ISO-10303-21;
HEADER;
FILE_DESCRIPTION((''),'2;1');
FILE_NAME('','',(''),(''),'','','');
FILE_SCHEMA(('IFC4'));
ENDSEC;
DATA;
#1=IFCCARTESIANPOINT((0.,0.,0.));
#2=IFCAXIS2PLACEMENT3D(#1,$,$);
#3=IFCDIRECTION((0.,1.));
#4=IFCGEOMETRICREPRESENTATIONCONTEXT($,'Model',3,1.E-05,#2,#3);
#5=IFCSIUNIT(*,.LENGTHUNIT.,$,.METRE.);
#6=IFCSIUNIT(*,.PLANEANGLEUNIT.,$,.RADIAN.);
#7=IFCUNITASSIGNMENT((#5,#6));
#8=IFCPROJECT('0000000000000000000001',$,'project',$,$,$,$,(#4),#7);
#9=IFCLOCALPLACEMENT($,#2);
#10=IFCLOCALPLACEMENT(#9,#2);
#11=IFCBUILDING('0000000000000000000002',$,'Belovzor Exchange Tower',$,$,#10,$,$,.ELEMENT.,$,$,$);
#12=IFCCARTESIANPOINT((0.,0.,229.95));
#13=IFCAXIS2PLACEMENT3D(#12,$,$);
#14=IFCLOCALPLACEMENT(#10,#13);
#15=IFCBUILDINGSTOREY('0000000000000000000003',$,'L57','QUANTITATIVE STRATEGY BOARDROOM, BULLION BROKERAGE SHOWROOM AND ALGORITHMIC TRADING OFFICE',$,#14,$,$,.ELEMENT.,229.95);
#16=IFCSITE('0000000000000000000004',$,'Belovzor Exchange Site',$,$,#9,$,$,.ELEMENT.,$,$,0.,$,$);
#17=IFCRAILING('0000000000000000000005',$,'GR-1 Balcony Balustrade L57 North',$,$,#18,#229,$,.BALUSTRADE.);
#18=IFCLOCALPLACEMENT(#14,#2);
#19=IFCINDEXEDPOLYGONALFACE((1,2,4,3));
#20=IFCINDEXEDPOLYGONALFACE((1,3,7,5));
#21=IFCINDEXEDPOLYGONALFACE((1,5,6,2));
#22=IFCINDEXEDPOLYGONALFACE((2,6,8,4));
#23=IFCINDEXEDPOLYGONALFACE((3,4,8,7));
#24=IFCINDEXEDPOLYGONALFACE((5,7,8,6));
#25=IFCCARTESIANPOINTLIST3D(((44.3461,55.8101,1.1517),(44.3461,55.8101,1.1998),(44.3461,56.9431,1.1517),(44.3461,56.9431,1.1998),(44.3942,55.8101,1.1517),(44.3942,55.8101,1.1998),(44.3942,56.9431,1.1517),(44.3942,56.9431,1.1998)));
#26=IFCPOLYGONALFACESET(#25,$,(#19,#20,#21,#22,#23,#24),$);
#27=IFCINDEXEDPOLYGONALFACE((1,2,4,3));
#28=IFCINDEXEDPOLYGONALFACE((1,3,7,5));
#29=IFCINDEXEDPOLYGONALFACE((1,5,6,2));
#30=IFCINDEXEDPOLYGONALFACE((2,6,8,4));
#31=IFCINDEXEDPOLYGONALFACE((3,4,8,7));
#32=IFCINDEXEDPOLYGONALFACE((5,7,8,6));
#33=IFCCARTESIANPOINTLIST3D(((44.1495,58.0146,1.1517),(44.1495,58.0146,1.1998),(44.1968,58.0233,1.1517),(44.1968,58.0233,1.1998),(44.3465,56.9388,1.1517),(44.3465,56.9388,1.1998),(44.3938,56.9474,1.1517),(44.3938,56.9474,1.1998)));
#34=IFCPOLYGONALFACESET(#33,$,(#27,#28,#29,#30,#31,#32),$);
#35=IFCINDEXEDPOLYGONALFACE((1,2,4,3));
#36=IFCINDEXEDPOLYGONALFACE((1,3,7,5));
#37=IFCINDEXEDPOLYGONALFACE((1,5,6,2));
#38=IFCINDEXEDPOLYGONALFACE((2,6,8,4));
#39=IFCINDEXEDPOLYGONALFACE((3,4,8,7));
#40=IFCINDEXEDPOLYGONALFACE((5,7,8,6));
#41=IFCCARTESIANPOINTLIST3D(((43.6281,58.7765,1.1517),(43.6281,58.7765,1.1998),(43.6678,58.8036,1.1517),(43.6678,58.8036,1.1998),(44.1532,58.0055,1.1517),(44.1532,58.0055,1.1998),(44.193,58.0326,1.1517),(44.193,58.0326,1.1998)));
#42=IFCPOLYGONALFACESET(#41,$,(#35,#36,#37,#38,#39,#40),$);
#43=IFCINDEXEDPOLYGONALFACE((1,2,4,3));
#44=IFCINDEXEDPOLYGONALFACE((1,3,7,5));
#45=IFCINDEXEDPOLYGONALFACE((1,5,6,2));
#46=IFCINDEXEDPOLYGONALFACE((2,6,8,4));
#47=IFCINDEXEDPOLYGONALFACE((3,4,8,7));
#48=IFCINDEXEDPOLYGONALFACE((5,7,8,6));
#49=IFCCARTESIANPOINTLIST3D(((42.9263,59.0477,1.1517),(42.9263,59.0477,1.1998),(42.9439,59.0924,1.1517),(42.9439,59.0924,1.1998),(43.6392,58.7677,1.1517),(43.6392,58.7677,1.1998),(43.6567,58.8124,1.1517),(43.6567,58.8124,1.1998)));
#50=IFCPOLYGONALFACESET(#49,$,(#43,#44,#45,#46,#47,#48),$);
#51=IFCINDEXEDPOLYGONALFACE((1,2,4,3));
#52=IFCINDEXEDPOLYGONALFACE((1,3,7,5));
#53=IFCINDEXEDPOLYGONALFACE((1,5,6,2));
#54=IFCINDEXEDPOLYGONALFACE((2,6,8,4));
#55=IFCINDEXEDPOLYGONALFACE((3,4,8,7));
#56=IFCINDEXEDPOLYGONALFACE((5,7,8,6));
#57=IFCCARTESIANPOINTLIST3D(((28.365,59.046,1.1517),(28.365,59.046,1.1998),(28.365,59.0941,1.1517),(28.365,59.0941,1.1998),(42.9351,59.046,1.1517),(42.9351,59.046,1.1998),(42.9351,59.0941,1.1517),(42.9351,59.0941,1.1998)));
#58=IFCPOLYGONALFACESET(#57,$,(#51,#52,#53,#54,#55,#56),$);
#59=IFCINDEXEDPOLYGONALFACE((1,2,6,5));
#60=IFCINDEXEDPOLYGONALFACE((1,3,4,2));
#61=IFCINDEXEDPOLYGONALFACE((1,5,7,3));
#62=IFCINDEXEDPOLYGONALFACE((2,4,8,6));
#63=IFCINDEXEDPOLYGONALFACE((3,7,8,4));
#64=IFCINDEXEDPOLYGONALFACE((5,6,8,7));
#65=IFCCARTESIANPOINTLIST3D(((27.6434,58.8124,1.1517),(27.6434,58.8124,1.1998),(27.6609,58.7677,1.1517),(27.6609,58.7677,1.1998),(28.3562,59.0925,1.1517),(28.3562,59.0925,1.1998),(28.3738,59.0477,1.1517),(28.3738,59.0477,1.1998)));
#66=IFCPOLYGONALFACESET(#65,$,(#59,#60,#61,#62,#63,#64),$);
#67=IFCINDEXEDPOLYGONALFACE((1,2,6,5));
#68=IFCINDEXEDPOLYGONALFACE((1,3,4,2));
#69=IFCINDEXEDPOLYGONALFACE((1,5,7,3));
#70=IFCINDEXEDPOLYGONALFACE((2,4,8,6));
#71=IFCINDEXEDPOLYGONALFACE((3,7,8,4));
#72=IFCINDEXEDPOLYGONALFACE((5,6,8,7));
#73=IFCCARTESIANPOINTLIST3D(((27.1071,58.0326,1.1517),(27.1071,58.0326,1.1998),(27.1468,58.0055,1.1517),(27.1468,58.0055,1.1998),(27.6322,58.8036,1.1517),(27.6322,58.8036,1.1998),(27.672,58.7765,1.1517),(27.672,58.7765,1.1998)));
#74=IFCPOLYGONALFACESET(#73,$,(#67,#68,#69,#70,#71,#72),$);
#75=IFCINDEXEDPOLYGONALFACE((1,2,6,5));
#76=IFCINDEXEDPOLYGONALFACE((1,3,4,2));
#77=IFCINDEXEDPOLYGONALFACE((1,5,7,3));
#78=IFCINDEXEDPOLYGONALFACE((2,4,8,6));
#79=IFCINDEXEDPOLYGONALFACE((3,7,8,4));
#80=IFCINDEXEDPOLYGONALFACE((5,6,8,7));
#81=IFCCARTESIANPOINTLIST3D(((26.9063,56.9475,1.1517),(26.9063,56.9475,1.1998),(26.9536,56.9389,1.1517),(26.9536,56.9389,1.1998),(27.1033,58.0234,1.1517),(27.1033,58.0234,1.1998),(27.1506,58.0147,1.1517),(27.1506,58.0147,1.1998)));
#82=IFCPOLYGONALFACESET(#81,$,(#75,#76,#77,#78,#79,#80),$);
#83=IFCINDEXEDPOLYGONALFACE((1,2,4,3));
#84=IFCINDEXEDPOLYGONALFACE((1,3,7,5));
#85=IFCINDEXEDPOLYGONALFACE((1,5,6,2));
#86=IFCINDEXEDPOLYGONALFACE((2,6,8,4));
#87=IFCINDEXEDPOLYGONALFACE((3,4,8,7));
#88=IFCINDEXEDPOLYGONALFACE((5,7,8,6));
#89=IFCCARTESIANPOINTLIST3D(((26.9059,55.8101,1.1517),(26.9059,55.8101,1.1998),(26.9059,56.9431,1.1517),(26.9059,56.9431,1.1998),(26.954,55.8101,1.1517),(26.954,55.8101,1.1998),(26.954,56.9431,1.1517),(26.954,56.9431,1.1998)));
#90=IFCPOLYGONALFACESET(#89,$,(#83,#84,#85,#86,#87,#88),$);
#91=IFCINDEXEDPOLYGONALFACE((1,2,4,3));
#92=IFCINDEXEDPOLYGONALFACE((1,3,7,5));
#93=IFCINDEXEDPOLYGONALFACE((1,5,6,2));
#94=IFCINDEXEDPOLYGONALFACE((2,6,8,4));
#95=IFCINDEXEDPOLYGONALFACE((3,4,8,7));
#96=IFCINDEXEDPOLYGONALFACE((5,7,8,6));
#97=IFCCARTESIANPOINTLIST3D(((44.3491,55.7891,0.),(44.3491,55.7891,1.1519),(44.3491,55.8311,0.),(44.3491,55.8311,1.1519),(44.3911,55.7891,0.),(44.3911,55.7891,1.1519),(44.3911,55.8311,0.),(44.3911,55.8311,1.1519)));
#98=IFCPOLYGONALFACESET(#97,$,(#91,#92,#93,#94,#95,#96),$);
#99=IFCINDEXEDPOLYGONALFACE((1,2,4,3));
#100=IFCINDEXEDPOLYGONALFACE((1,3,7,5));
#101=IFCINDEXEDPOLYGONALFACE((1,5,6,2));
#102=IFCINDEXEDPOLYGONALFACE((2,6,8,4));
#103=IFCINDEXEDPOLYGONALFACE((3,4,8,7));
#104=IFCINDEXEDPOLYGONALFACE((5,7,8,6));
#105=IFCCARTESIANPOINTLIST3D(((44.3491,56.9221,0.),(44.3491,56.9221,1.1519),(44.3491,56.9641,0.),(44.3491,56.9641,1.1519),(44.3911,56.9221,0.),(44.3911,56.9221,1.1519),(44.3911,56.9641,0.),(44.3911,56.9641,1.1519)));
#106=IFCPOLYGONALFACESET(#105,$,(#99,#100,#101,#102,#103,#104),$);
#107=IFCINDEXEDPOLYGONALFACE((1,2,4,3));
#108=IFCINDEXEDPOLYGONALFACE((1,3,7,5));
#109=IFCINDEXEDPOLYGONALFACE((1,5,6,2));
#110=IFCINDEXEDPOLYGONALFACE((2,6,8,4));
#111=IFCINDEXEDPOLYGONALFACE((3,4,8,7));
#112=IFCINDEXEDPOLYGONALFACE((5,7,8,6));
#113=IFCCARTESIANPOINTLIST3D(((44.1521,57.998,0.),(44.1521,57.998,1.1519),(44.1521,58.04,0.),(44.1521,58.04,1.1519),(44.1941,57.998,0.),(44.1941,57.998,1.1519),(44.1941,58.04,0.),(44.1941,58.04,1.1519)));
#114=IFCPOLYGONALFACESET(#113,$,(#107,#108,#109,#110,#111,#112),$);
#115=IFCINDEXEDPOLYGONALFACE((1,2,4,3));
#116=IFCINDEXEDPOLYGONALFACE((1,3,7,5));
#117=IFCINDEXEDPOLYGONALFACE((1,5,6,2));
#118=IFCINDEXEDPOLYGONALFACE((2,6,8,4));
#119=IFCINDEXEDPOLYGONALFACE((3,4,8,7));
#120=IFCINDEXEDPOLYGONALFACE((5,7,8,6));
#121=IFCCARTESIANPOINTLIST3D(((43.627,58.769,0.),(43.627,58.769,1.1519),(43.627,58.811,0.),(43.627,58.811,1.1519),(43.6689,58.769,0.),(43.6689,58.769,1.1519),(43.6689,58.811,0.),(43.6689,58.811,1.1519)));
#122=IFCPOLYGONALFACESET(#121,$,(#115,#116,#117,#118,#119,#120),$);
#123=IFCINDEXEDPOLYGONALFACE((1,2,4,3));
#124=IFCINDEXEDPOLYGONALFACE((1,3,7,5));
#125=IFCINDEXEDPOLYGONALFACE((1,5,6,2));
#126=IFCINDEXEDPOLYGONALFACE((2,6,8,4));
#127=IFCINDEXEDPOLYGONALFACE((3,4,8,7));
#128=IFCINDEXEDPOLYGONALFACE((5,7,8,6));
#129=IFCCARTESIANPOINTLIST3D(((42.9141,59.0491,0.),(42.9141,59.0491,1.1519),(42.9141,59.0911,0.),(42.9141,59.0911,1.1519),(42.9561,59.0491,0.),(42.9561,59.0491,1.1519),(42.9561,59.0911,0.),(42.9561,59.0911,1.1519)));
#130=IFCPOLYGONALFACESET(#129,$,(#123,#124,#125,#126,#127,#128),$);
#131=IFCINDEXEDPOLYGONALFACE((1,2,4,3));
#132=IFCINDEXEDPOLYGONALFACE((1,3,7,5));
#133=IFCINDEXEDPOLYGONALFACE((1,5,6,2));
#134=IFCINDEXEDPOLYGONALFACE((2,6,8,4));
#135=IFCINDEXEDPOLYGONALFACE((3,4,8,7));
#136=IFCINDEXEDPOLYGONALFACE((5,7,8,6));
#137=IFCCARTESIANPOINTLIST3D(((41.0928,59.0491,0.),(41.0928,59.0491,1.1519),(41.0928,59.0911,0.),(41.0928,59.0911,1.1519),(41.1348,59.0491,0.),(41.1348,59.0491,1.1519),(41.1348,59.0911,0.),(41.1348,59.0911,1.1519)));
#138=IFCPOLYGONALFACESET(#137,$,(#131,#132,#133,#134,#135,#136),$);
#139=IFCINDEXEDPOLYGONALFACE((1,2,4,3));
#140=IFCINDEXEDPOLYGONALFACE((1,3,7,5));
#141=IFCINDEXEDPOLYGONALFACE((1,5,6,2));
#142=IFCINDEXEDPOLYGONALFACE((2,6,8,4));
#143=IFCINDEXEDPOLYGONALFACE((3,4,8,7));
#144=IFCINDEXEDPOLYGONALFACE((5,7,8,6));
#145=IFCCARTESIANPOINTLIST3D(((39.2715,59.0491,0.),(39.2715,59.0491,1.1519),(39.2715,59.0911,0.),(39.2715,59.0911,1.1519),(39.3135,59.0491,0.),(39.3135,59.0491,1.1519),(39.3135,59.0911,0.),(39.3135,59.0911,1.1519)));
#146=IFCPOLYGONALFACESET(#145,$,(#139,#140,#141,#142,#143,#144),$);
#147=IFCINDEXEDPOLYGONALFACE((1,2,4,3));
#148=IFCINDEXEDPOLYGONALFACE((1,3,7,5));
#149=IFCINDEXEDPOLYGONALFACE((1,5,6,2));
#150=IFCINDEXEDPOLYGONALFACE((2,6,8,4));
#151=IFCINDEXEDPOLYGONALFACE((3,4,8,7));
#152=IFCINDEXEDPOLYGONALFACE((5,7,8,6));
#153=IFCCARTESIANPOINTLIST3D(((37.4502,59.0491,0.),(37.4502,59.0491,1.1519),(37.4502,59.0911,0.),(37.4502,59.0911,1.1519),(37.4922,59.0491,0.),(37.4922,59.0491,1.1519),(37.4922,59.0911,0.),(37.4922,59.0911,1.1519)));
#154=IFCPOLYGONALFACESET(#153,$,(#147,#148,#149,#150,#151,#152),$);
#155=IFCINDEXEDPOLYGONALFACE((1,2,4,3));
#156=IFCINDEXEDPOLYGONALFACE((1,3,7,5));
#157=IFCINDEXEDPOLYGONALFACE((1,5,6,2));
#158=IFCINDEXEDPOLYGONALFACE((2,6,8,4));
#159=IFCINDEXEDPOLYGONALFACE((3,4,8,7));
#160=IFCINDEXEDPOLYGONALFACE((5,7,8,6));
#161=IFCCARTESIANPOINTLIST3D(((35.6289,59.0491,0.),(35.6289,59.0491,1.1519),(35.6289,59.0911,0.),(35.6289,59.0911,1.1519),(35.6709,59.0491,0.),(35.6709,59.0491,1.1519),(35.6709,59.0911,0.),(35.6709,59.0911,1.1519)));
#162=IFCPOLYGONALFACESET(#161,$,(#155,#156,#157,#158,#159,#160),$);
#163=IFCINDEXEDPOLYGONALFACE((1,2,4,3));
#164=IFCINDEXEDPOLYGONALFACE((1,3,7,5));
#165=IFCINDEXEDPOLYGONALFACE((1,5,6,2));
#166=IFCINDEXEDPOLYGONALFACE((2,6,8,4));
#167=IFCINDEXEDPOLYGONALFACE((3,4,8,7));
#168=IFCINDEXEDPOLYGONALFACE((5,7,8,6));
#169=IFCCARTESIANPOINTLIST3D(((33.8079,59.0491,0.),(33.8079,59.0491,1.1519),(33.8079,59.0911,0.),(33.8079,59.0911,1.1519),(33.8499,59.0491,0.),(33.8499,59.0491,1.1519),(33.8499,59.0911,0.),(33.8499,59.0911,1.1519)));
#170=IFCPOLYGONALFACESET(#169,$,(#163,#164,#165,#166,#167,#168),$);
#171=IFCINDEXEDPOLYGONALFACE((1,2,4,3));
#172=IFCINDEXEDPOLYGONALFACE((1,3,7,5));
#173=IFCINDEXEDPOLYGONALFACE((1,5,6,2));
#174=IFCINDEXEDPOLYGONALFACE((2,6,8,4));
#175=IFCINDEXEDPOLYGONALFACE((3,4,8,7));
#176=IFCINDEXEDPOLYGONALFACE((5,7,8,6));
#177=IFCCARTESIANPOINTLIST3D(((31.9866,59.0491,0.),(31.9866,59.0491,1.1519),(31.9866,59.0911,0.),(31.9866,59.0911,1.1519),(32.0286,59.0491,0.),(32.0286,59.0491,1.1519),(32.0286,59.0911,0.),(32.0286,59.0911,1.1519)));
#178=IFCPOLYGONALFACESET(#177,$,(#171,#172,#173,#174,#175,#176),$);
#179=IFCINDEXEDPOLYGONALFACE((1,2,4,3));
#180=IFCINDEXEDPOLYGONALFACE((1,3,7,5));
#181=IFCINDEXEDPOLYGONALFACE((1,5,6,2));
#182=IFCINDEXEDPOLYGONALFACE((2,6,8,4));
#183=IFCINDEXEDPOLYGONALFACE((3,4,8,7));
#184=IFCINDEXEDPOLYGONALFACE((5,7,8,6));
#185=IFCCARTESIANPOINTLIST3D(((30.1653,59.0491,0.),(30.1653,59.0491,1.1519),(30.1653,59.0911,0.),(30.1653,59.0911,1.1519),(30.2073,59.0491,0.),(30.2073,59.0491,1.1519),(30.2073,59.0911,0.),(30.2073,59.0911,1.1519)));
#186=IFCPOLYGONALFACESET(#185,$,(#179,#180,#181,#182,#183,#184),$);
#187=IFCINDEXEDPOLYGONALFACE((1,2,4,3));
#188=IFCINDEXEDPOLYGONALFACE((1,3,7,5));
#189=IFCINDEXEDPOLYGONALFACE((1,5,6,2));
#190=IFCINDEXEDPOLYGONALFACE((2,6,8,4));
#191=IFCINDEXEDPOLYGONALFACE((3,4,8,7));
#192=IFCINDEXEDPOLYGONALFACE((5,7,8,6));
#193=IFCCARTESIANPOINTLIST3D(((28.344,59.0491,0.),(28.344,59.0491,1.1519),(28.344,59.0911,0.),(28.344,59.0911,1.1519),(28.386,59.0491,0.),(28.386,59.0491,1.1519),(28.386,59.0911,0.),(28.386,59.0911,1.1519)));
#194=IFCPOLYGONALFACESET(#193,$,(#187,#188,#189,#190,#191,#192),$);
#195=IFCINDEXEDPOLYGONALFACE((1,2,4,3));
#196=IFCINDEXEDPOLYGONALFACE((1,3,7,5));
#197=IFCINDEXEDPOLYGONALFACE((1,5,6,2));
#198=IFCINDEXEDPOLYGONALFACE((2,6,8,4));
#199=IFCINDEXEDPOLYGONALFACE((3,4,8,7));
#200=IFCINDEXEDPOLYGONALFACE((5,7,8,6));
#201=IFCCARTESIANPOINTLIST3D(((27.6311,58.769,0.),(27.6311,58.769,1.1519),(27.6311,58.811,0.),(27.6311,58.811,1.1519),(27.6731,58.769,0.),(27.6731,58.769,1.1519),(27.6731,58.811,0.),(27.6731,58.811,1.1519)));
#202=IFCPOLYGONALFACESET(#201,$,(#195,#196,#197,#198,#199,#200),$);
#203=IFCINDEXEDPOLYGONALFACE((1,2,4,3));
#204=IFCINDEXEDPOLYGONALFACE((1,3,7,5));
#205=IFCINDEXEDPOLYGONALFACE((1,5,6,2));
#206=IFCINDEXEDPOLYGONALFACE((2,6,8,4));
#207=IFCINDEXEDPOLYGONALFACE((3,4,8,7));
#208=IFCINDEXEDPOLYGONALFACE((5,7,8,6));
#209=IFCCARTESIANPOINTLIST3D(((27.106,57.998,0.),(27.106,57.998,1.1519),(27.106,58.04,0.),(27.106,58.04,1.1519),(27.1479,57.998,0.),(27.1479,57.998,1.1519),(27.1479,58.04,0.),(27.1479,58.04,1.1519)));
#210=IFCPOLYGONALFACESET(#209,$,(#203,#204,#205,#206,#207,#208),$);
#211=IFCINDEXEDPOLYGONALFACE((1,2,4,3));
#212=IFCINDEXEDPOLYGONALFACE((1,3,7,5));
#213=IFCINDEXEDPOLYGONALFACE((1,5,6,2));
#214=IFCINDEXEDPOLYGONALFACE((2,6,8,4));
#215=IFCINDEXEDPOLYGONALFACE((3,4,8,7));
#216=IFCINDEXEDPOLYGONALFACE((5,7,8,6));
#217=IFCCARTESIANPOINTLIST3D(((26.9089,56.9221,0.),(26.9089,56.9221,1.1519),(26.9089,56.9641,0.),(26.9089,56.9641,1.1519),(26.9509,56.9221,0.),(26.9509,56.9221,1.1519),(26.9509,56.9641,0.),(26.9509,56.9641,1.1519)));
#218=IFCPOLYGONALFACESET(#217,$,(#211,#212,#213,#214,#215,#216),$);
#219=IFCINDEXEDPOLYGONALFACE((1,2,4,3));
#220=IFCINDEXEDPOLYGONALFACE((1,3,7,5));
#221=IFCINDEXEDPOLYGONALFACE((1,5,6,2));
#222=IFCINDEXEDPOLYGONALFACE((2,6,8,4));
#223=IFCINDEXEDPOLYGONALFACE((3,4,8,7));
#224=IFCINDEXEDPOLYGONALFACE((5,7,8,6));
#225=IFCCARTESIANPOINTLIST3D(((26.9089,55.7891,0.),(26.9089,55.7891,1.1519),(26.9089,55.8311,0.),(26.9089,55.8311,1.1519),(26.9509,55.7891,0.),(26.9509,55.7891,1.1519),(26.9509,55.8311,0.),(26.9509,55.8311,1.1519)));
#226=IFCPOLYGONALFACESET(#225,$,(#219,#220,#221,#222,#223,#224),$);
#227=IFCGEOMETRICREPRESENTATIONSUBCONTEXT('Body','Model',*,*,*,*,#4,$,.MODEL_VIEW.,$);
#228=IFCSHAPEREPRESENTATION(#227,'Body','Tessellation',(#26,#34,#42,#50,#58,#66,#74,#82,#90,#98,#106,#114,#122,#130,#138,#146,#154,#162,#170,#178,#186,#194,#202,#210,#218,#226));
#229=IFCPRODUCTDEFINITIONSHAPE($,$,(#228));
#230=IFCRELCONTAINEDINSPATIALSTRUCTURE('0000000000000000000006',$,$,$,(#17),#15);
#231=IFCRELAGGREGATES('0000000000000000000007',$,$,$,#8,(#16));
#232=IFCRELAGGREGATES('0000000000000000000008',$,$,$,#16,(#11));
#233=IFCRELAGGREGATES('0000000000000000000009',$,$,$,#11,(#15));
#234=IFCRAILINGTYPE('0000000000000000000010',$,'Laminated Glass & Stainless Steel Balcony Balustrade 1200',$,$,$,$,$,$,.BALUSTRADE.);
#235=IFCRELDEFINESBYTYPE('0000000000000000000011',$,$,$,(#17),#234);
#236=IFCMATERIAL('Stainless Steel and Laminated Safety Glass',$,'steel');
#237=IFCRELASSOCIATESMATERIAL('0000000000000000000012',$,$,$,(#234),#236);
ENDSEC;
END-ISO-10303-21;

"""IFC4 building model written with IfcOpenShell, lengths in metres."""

from ifc_helpers import new_model, si_unit, direction, frame, origin, origin_2d, place, context, subcontext, project, spatial, rectangle, extrude, material, type_object, element, save


model = new_model("IFC4")

# Units and contexts
model_context = context("Model", 3, precision=1e-05, world=origin(), true_north=direction((0.0, 1.0)))
body_context = subcontext(model_context, "Body", "Model", "MODEL_VIEW")
ifc_project = project(units=[si_unit("LENGTHUNIT", "METRE"), si_unit("PLANEANGLEUNIT", "RADIAN")], contexts=[model_context])

# Site, building, storey
site_placement = place(None, origin())
site = spatial("IfcSite", under=ifc_project, at=site_placement, Name="Belovzor Exchange Site", CompositionType="ELEMENT", RefElevation=0.0)
building_placement = place(site_placement, origin())
building = spatial("IfcBuilding", under=site, at=building_placement, Name="Belovzor Exchange Tower", CompositionType="ELEMENT")
storey_placement = place(building_placement, frame((0.0, 0.0, 229.95)))
storey = spatial("IfcBuildingStorey", under=building, at=storey_placement, Name="L57", Description="QUANTITATIVE STRATEGY BOARDROOM, BULLION BROKERAGE SHOWROOM AND ALGORITHMIC TRADING OFFICE", CompositionType="ELEMENT", Elevation=229.95)

# Railing
ifc_material_1 = material(Name="Stainless Steel and Laminated Safety Glass", Category="steel")
railing_type = type_object("IfcRailingType", Name="Laminated Glass & Stainless Steel Balcony Balustrade 1200", PredefinedType="BALUSTRADE", material=ifc_material_1)
railing_placement = place(storey_placement, frame((44.3701, 55.8101, 0.0)))
element("IfcRailing", 1, at=railing_placement, inside=storey, type_object=railing_type, Name="GR-1 Balcony Balustrade L57 North", PredefinedType="BALUSTRADE", context=body_context, shape_type="SweptSolid", body=[
    extrude(rectangle(XDim=0.0481, YDim=0.0481, at=origin_2d()), frame((0.0, 0.0, 1.1758), z_axis=(0.0, 1.0, 0.0), x_axis=(-1.0, 0.0, 0.0)), (0.0, 0.0, 1.0), 1.1331),
    extrude(rectangle(XDim=0.0481, YDim=0.0481, at=origin_2d()), frame((0.0, 1.1331, 1.1758), z_axis=(-0.180123, 0.983644, 0.0), x_axis=(-0.983644, -0.180123, 0.0)), (0.0, 0.0, 1.0), 1.0938),
    extrude(rectangle(XDim=0.0481, YDim=0.0481, at=origin_2d()), frame((-0.197, 2.209, 1.1758), z_axis=(-0.562947, 0.826493, 0.0), x_axis=(-0.826493, -0.562947, 0.0)), (0.0, 0.0, 1.0), 0.9329),
    extrude(rectangle(XDim=0.0481, YDim=0.0481, at=origin_2d()), frame((-0.7222, 2.98, 1.1758), z_axis=(-0.930767, 0.365613, 0.0), x_axis=(-0.365613, -0.930767, 0.0)), (0.0, 0.0, 1.0), 0.7659),
    extrude(rectangle(XDim=0.0481, YDim=0.0481, at=origin_2d()), frame((-1.4351, 3.26, 1.1758), z_axis=(-1.0, 0.0, 0.0), x_axis=(0.0, -1.0, 0.0)), (0.0, 0.0, 1.0), 14.5701),
    extrude(rectangle(XDim=0.0481, YDim=0.0481, at=origin_2d()), frame((-16.0051, 3.26, 1.1758), z_axis=(-0.930767, -0.365613, 0.0), x_axis=(0.365613, -0.930767, 0.0)), (0.0, 0.0, 1.0), 0.7659),
    extrude(rectangle(XDim=0.0481, YDim=0.0481, at=origin_2d()), frame((-16.718, 2.98, 1.1758), z_axis=(-0.562947, -0.826493, 0.0), x_axis=(0.826493, -0.562947, 0.0)), (0.0, 0.0, 1.0), 0.9329),
    extrude(rectangle(XDim=0.0481, YDim=0.0481, at=origin_2d()), frame((-17.2432, 2.209, 1.1758), z_axis=(-0.180123, -0.983644, 0.0), x_axis=(0.983644, -0.180123, 0.0)), (0.0, 0.0, 1.0), 1.0938),
    extrude(rectangle(XDim=0.0481, YDim=0.0481, at=origin_2d()), frame((-17.4402, 1.1331, 1.1758), z_axis=(0.0, -1.0, 0.0), x_axis=(1.0, 0.0, 0.0)), (0.0, 0.0, 1.0), 1.1331),
    extrude(rectangle(XDim=0.042, YDim=0.042, at=origin_2d()), origin(), (0.0, 0.0, 1.0), 1.1519),
    extrude(rectangle(XDim=0.042, YDim=0.042, at=origin_2d()), frame((0.0, 1.1331, 0.0)), (0.0, 0.0, 1.0), 1.1519),
    extrude(rectangle(XDim=0.042, YDim=0.042, at=origin_2d()), frame((-0.197, 2.209, 0.0)), (0.0, 0.0, 1.0), 1.1519),
    extrude(rectangle(XDim=0.042, YDim=0.042, at=origin_2d()), frame((-0.7222, 2.98, 0.0)), (0.0, 0.0, 1.0), 1.1519),
    extrude(rectangle(XDim=0.042, YDim=0.042, at=origin_2d()), frame((-1.4351, 3.26, 0.0)), (0.0, 0.0, 1.0), 1.1519),
    extrude(rectangle(XDim=0.042, YDim=0.042, at=origin_2d()), frame((-3.2563, 3.26, 0.0)), (0.0, 0.0, 1.0), 1.1519),
    extrude(rectangle(XDim=0.042, YDim=0.042, at=origin_2d()), frame((-5.0776, 3.26, 0.0)), (0.0, 0.0, 1.0), 1.1519),
    extrude(rectangle(XDim=0.042, YDim=0.042, at=origin_2d()), frame((-6.8989, 3.26, 0.0)), (0.0, 0.0, 1.0), 1.1519),
    extrude(rectangle(XDim=0.042, YDim=0.042, at=origin_2d()), frame((-8.7202, 3.26, 0.0)), (0.0, 0.0, 1.0), 1.1519),
    extrude(rectangle(XDim=0.042, YDim=0.042, at=origin_2d()), frame((-10.5413, 3.26, 0.0)), (0.0, 0.0, 1.0), 1.1519),
    extrude(rectangle(XDim=0.042, YDim=0.042, at=origin_2d()), frame((-12.3625, 3.26, 0.0)), (0.0, 0.0, 1.0), 1.1519),
    extrude(rectangle(XDim=0.042, YDim=0.042, at=origin_2d()), frame((-14.1838, 3.26, 0.0)), (0.0, 0.0, 1.0), 1.1519),
    extrude(rectangle(XDim=0.042, YDim=0.042, at=origin_2d()), frame((-16.0051, 3.26, 0.0)), (0.0, 0.0, 1.0), 1.1519),
    extrude(rectangle(XDim=0.042, YDim=0.042, at=origin_2d()), frame((-16.718, 2.98, 0.0)), (0.0, 0.0, 1.0), 1.1519),
    extrude(rectangle(XDim=0.042, YDim=0.042, at=origin_2d()), frame((-17.2432, 2.209, 0.0)), (0.0, 0.0, 1.0), 1.1519),
    extrude(rectangle(XDim=0.042, YDim=0.042, at=origin_2d()), frame((-17.4402, 1.1331, 0.0)), (0.0, 0.0, 1.0), 1.1519),
    extrude(rectangle(XDim=0.042, YDim=0.042, at=origin_2d()), frame((-17.4402, 0.0, 0.0)), (0.0, 0.0, 1.0), 1.1519),
])

save(model, "model.ifc")
